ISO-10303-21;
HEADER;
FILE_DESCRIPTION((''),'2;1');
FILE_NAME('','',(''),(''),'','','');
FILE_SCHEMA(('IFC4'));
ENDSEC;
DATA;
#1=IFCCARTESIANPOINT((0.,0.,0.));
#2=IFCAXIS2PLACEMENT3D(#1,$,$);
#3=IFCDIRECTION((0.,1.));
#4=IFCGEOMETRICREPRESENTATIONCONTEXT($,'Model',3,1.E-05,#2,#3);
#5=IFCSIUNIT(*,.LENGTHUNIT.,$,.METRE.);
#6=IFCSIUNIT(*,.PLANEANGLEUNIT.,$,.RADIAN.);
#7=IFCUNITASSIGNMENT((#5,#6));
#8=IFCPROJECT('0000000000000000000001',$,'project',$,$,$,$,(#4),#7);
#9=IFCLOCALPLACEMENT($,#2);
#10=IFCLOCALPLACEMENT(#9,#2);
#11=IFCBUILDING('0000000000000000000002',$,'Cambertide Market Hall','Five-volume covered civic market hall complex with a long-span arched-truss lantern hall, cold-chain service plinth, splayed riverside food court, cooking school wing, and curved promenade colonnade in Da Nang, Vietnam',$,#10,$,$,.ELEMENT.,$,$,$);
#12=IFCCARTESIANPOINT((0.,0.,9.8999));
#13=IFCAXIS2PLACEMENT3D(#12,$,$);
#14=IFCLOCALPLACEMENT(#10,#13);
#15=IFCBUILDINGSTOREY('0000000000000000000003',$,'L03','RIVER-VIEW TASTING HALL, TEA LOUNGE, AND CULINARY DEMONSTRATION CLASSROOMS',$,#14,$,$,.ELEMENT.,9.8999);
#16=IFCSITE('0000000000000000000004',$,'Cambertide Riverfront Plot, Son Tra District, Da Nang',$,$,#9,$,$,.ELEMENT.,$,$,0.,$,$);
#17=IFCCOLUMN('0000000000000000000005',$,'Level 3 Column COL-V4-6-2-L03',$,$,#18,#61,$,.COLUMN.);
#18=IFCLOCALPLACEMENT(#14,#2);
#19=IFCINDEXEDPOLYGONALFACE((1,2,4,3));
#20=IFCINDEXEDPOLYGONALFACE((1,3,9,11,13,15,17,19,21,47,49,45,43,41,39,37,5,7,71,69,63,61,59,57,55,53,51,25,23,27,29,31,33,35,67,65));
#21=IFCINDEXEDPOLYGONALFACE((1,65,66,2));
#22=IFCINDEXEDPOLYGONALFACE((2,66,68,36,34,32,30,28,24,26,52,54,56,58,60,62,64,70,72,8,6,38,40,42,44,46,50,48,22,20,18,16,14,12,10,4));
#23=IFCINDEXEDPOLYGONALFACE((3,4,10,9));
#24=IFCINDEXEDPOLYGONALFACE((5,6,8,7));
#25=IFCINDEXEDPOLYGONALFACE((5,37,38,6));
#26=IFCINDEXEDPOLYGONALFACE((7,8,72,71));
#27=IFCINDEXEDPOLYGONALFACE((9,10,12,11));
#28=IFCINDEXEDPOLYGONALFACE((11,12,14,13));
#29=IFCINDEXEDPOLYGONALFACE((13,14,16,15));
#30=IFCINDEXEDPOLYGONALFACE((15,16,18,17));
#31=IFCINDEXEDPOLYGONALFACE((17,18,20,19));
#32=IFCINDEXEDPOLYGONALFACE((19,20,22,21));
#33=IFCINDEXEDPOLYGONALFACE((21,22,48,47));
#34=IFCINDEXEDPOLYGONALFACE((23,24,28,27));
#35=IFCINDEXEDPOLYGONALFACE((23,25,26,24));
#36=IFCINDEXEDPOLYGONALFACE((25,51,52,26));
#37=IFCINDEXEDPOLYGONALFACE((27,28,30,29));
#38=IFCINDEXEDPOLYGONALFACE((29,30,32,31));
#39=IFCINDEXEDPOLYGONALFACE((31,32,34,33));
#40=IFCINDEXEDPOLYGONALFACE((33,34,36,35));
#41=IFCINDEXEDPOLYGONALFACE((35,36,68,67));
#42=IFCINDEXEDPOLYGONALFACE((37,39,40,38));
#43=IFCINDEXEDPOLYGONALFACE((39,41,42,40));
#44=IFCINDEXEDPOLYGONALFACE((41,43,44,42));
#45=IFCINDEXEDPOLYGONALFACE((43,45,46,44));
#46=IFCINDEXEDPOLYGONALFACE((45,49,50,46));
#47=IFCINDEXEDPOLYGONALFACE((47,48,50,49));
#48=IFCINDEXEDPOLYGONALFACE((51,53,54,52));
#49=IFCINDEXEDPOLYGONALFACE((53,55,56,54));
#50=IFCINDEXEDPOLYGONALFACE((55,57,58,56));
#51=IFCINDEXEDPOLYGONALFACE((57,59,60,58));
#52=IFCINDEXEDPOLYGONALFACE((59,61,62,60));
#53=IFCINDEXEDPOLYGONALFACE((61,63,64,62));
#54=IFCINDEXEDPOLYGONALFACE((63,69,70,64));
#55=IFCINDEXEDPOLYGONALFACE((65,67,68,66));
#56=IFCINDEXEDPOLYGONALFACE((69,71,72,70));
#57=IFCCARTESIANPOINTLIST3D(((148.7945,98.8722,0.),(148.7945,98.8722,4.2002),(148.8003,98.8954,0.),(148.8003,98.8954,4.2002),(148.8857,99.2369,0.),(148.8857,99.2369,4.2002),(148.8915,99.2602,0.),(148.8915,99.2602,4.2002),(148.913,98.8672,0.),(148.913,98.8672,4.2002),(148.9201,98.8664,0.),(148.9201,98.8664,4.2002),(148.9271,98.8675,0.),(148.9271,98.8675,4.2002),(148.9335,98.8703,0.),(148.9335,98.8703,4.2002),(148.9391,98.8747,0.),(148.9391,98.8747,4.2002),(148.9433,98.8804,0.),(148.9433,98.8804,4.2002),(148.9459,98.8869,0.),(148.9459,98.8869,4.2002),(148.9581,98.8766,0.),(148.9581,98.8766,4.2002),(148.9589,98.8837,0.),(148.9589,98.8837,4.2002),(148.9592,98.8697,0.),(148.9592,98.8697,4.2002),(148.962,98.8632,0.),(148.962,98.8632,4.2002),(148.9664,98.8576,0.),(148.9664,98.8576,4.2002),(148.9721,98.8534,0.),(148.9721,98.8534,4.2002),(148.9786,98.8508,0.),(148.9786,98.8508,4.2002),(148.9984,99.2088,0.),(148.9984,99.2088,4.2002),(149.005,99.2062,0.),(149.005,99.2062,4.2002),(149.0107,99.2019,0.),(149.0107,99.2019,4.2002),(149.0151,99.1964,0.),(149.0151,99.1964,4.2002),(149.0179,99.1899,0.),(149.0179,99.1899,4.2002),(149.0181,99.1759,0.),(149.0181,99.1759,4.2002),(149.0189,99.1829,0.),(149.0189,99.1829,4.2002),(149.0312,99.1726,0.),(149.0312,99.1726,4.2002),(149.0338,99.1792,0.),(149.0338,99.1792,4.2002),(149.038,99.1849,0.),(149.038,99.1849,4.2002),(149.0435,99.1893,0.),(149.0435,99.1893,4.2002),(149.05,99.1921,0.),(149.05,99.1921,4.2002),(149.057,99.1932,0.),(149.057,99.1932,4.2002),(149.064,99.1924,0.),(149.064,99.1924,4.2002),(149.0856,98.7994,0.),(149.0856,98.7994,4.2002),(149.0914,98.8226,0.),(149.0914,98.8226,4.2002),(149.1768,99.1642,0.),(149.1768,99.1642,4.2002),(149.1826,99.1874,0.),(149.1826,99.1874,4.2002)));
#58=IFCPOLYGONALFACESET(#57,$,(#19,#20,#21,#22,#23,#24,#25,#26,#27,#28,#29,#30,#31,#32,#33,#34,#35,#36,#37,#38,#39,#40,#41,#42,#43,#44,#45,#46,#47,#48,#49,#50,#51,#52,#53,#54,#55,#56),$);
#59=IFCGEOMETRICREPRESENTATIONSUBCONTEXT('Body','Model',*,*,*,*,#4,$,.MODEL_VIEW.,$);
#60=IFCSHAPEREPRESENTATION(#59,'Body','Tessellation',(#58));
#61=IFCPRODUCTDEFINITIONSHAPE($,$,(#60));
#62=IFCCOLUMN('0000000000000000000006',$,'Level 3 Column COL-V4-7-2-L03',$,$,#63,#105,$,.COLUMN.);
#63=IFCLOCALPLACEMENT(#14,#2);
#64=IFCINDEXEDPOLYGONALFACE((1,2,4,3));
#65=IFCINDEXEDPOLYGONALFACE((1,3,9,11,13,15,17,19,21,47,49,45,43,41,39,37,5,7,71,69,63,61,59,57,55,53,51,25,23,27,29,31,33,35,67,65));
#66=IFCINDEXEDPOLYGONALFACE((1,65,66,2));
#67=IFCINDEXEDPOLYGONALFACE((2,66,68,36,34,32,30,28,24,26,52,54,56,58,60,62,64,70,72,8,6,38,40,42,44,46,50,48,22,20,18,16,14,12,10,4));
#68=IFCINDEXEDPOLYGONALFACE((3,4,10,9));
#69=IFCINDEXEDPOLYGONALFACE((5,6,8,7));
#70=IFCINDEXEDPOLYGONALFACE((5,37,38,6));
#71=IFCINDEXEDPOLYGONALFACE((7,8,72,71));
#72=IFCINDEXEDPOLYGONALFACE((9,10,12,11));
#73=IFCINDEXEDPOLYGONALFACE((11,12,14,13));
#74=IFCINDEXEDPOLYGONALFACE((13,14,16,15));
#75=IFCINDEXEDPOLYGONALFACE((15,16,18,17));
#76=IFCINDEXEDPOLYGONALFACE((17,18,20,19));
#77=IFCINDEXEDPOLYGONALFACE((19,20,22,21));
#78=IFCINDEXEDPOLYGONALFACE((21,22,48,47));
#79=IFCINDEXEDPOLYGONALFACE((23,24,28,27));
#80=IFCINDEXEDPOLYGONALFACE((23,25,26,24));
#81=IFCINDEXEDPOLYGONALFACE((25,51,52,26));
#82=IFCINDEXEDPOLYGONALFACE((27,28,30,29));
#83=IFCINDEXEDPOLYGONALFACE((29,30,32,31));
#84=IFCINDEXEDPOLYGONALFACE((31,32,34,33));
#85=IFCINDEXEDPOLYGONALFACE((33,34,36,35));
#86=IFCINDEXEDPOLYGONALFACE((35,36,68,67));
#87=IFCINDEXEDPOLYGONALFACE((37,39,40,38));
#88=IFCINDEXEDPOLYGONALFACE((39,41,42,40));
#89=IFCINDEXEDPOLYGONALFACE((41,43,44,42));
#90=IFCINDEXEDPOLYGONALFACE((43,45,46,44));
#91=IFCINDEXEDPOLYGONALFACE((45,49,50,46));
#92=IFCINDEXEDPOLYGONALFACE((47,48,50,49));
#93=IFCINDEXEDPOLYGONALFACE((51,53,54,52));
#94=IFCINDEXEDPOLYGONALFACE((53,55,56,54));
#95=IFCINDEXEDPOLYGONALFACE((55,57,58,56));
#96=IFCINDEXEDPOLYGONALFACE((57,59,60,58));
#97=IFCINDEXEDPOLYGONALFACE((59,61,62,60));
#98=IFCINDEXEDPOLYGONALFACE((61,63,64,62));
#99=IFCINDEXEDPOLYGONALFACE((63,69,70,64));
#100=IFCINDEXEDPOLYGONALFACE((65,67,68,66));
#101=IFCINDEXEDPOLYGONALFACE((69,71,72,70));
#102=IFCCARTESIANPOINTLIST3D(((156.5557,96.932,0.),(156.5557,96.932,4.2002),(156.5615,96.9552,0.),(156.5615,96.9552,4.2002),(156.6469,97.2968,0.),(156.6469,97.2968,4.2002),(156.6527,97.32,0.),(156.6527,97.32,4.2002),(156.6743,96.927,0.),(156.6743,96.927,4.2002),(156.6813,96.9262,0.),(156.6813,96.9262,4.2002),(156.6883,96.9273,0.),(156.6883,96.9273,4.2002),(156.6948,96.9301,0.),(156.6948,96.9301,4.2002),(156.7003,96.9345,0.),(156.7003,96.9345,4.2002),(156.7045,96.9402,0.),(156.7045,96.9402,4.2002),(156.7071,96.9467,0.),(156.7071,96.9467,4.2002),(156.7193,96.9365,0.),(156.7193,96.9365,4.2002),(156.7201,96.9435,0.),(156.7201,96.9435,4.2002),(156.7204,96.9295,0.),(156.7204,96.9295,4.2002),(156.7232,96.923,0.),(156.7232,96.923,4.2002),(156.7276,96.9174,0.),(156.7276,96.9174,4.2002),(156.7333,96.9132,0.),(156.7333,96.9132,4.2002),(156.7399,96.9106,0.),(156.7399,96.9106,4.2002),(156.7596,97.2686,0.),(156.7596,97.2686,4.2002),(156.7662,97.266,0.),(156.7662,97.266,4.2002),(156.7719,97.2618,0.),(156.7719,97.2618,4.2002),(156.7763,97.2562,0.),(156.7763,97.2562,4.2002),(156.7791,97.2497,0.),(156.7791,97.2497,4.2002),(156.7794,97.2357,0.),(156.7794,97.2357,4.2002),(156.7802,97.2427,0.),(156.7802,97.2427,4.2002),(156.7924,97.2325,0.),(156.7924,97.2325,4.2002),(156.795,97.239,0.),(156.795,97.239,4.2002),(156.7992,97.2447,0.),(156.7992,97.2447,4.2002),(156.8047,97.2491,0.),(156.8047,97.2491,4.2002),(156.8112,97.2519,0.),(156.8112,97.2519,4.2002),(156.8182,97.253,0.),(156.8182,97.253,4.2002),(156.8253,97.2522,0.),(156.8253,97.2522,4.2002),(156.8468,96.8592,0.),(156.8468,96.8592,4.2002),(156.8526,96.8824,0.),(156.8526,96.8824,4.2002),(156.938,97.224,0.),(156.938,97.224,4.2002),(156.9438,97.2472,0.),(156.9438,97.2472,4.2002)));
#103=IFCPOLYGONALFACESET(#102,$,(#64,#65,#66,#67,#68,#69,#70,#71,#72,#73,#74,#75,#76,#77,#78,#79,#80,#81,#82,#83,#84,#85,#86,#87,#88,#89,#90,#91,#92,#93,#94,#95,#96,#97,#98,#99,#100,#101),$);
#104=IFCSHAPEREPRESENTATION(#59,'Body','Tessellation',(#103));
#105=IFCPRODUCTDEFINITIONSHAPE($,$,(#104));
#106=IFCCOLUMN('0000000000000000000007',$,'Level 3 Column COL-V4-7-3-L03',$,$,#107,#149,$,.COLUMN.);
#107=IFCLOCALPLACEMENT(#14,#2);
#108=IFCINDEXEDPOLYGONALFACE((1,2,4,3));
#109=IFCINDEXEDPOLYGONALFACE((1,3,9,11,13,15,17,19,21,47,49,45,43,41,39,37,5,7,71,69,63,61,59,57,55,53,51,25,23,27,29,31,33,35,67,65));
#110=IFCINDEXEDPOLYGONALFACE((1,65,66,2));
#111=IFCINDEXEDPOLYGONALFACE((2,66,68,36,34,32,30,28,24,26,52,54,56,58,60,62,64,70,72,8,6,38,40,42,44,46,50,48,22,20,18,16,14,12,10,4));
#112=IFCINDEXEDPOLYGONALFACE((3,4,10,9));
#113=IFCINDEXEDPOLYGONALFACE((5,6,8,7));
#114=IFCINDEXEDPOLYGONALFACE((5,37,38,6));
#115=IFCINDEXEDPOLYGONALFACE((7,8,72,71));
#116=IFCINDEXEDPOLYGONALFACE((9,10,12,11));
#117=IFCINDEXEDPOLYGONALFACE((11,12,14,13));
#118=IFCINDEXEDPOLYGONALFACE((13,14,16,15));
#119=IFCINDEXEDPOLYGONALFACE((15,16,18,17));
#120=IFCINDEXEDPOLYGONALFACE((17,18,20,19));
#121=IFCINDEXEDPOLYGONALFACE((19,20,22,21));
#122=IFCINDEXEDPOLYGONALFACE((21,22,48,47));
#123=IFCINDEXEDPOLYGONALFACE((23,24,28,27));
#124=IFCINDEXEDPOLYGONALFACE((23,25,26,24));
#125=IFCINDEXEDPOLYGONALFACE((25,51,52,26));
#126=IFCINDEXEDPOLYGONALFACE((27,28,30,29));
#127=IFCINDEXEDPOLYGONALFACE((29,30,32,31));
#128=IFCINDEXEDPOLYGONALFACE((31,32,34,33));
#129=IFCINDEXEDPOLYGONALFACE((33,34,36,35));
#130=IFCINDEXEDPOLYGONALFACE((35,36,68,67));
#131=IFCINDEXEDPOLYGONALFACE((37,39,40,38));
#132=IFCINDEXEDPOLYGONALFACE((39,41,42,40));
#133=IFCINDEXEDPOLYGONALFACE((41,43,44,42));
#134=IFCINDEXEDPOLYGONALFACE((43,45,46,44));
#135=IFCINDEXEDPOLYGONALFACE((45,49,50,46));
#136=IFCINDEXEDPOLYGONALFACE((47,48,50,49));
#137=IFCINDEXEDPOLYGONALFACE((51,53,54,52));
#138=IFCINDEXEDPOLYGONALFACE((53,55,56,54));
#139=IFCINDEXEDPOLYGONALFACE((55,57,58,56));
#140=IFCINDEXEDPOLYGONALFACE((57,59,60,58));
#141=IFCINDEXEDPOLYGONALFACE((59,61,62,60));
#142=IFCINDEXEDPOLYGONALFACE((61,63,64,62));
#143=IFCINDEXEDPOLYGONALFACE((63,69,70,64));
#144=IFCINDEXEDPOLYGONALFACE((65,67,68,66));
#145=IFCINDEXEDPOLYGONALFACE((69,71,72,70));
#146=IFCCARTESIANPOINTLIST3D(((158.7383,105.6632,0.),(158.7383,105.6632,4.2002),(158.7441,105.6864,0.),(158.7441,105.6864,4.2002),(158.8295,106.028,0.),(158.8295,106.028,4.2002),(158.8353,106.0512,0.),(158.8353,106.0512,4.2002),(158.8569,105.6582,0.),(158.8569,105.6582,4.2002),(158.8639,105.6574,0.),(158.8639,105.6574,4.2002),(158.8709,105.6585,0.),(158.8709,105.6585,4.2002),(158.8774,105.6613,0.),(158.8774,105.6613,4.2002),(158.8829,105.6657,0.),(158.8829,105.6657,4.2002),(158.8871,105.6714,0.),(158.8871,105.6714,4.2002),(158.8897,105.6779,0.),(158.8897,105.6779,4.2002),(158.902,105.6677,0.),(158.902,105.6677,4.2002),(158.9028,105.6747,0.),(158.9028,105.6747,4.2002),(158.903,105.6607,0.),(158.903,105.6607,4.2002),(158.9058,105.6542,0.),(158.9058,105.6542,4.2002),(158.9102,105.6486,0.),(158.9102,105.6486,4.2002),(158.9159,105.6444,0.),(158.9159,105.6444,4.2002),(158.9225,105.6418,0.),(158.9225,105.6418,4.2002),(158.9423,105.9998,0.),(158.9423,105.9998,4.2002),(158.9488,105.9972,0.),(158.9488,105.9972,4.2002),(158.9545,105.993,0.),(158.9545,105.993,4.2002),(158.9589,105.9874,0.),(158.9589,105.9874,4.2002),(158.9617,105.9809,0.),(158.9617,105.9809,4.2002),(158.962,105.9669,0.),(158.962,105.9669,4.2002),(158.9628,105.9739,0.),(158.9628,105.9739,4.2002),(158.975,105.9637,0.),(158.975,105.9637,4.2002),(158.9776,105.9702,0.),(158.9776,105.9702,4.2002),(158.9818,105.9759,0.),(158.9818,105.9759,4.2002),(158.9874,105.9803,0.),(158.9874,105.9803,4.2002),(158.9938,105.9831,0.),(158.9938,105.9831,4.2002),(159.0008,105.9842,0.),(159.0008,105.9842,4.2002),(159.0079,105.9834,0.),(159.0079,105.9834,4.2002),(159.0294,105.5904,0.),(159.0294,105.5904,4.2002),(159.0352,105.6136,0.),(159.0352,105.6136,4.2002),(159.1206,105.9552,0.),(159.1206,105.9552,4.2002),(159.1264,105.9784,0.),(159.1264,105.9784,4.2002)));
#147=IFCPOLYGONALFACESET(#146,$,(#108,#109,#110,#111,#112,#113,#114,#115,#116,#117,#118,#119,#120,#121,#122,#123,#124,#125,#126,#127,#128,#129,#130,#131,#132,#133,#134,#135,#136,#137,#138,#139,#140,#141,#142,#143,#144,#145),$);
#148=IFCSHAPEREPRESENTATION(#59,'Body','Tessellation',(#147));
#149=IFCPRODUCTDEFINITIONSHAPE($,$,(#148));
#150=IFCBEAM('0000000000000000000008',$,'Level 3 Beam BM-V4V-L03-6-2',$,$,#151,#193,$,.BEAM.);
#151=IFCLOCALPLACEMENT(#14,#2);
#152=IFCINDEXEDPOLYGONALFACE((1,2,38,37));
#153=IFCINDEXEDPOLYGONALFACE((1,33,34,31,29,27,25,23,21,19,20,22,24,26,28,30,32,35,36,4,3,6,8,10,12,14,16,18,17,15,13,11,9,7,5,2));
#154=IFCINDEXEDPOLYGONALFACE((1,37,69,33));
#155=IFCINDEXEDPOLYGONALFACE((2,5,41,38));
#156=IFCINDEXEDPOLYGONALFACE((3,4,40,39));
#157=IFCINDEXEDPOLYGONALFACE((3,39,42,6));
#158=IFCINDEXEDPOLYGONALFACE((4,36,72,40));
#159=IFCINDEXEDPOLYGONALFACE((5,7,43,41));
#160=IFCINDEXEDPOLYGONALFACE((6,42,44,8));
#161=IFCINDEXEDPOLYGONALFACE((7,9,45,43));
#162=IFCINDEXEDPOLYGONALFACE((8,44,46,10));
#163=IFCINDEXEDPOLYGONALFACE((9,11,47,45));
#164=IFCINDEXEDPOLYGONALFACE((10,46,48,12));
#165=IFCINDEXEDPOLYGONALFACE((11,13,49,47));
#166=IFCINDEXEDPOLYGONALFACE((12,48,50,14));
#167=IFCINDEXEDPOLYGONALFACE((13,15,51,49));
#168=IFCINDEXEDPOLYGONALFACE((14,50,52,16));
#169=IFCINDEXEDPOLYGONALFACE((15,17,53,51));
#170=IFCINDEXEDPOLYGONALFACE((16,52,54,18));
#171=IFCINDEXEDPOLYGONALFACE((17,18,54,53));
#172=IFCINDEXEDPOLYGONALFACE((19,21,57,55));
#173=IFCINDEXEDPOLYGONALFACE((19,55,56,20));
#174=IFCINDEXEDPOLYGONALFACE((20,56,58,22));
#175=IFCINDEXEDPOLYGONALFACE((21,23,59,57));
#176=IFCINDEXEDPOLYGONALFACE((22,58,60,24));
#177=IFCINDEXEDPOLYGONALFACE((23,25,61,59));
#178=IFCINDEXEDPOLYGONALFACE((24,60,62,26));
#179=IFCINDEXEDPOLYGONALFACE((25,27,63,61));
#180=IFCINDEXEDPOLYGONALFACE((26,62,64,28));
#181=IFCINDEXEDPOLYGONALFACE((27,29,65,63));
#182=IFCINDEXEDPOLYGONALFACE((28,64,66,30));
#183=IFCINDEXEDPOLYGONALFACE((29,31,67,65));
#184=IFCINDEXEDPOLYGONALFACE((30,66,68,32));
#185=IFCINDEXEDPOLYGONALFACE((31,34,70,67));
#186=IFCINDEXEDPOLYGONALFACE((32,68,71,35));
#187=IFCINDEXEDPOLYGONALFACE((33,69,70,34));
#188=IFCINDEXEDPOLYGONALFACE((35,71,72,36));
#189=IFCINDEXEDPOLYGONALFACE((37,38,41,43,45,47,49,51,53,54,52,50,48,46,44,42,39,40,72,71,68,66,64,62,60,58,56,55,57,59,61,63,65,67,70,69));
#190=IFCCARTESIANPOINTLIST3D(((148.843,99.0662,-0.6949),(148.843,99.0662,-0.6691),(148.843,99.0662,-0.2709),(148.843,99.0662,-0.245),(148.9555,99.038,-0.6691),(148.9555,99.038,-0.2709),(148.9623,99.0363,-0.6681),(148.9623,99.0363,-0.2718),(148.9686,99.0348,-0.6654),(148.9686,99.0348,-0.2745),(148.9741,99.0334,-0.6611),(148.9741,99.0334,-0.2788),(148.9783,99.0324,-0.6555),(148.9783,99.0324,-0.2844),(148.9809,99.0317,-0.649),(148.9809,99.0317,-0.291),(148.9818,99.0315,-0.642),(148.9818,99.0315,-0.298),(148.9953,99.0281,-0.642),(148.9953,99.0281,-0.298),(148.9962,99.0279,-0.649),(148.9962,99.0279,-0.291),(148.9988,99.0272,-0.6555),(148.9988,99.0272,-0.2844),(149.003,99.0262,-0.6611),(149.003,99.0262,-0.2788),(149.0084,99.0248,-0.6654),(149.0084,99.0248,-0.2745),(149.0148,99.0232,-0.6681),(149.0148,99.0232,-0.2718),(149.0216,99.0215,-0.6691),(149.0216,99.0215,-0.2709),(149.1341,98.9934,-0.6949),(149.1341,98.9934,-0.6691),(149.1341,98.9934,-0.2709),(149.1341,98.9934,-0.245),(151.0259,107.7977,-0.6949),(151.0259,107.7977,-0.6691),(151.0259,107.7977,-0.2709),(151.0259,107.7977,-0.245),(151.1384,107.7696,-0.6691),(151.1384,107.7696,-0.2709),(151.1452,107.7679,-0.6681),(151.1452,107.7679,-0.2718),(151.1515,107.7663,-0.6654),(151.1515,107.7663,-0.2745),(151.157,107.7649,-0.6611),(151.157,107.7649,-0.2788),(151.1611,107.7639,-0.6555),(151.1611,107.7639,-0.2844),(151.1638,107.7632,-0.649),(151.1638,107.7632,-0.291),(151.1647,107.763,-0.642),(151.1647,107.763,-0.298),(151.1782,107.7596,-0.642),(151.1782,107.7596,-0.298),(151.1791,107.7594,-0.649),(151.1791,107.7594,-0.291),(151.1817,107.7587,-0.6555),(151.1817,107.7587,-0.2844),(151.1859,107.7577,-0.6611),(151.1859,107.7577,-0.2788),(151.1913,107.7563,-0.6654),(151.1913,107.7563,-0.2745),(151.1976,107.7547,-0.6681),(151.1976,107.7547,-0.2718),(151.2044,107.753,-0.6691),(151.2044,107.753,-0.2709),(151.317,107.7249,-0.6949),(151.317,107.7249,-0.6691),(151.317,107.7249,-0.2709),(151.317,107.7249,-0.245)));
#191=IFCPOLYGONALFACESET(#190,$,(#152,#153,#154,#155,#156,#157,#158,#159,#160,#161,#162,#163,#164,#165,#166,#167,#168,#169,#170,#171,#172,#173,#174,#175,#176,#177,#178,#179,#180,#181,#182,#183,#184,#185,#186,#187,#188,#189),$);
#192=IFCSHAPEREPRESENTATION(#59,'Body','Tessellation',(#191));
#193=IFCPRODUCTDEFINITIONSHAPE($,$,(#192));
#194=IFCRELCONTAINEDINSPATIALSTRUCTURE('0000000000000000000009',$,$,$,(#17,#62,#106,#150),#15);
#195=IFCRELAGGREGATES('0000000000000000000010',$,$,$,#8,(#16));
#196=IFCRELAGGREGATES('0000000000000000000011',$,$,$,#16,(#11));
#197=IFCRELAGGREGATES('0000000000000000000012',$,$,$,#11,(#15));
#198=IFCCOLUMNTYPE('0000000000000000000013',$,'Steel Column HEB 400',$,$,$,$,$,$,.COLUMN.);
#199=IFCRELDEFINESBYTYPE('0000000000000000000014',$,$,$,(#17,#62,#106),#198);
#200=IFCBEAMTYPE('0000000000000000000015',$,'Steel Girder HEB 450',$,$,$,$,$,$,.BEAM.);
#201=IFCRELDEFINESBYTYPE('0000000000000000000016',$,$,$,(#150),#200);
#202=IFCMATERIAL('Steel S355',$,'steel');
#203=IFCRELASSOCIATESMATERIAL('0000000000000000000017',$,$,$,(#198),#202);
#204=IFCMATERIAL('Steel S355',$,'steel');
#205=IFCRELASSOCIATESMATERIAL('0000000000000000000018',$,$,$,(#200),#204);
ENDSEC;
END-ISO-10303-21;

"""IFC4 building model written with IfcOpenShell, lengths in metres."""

from ifc_helpers import new_model, si_unit, direction, frame, origin, origin_2d, place, context, subcontext, project, spatial, i_section, extrude, material, material_profile, profile_set, type_object, element, save


model = new_model("IFC4")

# Units and contexts
model_context = context("Model", 3, precision=1e-05, world=origin(), true_north=direction((0.0, 1.0)))
body_context = subcontext(model_context, "Body", "Model", "MODEL_VIEW")
ifc_project = project(units=[si_unit("LENGTHUNIT", "METRE"), si_unit("PLANEANGLEUNIT", "RADIAN")], contexts=[model_context])

# Site, building, storey
site_placement = place(None, origin())
site = spatial("IfcSite", under=ifc_project, at=site_placement, Name="Cambertide Riverfront Plot, Son Tra District, Da Nang", CompositionType="ELEMENT", RefElevation=0.0)
building_placement = place(site_placement, origin())
building = spatial("IfcBuilding", under=site, at=building_placement, Name="Cambertide Market Hall", Description="Five-volume covered civic market hall complex with a long-span arched-truss lantern hall, cold-chain service plinth, splayed riverside food court, cooking school wing, and curved promenade colonnade in Da Nang, Vietnam", CompositionType="ELEMENT")
storey_placement = place(building_placement, frame((0.0, 0.0, 9.8999)))
storey = spatial("IfcBuildingStorey", under=building, at=storey_placement, Name="L03", Description="RIVER-VIEW TASTING HALL, TEA LOUNGE, AND CULINARY DEMONSTRATION CLASSROOMS", CompositionType="ELEMENT", Elevation=9.8999)

# Columns
ifc_material_1 = material(Name="Steel S355", Category="steel")
ifc_material_profile_1 = material_profile(ifc_material_1, i_section(OverallWidth=0.3, OverallDepth=0.3999, WebThickness=0.0134, FlangeThickness=0.0239, FilletRadius=0.0271, at=origin_2d()), Name="HEB 400")
ifc_profile_set_1 = profile_set([ifc_material_profile_1], Name="Steel S355")
column_type = type_object("IfcColumnType", Name="Steel Column HEB 400", PredefinedType="COLUMN", material=ifc_profile_set_1)
for number, where, z_axis, x_axis, name in (
    (1, (148.9885, 99.0298, 0.0), (0.0, 0.0, 1.0), (0.970143, -0.242536, 0.0), "Level 3 Column COL-V4-6-2-L03"),
    (2, (156.7498, 97.0896, 0.0), (0.0, 0.0, 1.0), (0.970143, -0.242536, 0.0), "Level 3 Column COL-V4-7-2-L03"),
    (3, (158.9324, 105.8208, 0.0), (0.0, 0.0, 1.0), (0.970143, -0.242536, 0.0), "Level 3 Column COL-V4-7-3-L03"),
):
    element("IfcColumn", number, at=place(storey_placement, frame(where, z_axis=z_axis, x_axis=x_axis)), inside=storey, type_object=column_type, Name=name, PredefinedType="COLUMN", context=body_context, shape_type="SweptSolid", body=[
        extrude(i_section(OverallWidth=0.3, OverallDepth=0.3999, WebThickness=0.0134, FlangeThickness=0.0239, FilletRadius=0.0271, at=origin_2d()), origin(), (0.0, 0.0, 1.0), 4.2002),
    ])

# Beam
ifc_material_2 = material(Name="Steel S355", Category="steel")
ifc_material_profile_2 = material_profile(ifc_material_2, i_section(OverallWidth=0.3, OverallDepth=0.45, WebThickness=0.0139, FlangeThickness=0.0259, FilletRadius=0.0271, at=origin_2d()), Name="HEB 450")
ifc_profile_set_2 = profile_set([ifc_material_profile_2], Name="Steel S355")
beam_type_1 = type_object("IfcBeamType", Name="Steel Girder HEB 450", PredefinedType="BEAM", material=ifc_profile_set_2)
beam_1_placement = place(storey_placement, frame((148.9885, 99.0298, -0.47), z_axis=(0.242536, 0.970143, 0.0), x_axis=(-0.970143, 0.242536, 0.0)))
element("IfcBeam", 4, at=beam_1_placement, inside=storey, type_object=beam_type_1, Name="Level 3 Beam BM-V4V-L03-6-2", PredefinedType="BEAM", context=body_context, shape_type="SweptSolid", body=[
    extrude(i_section(OverallWidth=0.3, OverallDepth=0.45, WebThickness=0.0139, FlangeThickness=0.0259, FilletRadius=0.0271, at=origin_2d()), origin(), (0.0, 0.0, 1.0), 9.0002),
])

save(model, "model.ifc")
